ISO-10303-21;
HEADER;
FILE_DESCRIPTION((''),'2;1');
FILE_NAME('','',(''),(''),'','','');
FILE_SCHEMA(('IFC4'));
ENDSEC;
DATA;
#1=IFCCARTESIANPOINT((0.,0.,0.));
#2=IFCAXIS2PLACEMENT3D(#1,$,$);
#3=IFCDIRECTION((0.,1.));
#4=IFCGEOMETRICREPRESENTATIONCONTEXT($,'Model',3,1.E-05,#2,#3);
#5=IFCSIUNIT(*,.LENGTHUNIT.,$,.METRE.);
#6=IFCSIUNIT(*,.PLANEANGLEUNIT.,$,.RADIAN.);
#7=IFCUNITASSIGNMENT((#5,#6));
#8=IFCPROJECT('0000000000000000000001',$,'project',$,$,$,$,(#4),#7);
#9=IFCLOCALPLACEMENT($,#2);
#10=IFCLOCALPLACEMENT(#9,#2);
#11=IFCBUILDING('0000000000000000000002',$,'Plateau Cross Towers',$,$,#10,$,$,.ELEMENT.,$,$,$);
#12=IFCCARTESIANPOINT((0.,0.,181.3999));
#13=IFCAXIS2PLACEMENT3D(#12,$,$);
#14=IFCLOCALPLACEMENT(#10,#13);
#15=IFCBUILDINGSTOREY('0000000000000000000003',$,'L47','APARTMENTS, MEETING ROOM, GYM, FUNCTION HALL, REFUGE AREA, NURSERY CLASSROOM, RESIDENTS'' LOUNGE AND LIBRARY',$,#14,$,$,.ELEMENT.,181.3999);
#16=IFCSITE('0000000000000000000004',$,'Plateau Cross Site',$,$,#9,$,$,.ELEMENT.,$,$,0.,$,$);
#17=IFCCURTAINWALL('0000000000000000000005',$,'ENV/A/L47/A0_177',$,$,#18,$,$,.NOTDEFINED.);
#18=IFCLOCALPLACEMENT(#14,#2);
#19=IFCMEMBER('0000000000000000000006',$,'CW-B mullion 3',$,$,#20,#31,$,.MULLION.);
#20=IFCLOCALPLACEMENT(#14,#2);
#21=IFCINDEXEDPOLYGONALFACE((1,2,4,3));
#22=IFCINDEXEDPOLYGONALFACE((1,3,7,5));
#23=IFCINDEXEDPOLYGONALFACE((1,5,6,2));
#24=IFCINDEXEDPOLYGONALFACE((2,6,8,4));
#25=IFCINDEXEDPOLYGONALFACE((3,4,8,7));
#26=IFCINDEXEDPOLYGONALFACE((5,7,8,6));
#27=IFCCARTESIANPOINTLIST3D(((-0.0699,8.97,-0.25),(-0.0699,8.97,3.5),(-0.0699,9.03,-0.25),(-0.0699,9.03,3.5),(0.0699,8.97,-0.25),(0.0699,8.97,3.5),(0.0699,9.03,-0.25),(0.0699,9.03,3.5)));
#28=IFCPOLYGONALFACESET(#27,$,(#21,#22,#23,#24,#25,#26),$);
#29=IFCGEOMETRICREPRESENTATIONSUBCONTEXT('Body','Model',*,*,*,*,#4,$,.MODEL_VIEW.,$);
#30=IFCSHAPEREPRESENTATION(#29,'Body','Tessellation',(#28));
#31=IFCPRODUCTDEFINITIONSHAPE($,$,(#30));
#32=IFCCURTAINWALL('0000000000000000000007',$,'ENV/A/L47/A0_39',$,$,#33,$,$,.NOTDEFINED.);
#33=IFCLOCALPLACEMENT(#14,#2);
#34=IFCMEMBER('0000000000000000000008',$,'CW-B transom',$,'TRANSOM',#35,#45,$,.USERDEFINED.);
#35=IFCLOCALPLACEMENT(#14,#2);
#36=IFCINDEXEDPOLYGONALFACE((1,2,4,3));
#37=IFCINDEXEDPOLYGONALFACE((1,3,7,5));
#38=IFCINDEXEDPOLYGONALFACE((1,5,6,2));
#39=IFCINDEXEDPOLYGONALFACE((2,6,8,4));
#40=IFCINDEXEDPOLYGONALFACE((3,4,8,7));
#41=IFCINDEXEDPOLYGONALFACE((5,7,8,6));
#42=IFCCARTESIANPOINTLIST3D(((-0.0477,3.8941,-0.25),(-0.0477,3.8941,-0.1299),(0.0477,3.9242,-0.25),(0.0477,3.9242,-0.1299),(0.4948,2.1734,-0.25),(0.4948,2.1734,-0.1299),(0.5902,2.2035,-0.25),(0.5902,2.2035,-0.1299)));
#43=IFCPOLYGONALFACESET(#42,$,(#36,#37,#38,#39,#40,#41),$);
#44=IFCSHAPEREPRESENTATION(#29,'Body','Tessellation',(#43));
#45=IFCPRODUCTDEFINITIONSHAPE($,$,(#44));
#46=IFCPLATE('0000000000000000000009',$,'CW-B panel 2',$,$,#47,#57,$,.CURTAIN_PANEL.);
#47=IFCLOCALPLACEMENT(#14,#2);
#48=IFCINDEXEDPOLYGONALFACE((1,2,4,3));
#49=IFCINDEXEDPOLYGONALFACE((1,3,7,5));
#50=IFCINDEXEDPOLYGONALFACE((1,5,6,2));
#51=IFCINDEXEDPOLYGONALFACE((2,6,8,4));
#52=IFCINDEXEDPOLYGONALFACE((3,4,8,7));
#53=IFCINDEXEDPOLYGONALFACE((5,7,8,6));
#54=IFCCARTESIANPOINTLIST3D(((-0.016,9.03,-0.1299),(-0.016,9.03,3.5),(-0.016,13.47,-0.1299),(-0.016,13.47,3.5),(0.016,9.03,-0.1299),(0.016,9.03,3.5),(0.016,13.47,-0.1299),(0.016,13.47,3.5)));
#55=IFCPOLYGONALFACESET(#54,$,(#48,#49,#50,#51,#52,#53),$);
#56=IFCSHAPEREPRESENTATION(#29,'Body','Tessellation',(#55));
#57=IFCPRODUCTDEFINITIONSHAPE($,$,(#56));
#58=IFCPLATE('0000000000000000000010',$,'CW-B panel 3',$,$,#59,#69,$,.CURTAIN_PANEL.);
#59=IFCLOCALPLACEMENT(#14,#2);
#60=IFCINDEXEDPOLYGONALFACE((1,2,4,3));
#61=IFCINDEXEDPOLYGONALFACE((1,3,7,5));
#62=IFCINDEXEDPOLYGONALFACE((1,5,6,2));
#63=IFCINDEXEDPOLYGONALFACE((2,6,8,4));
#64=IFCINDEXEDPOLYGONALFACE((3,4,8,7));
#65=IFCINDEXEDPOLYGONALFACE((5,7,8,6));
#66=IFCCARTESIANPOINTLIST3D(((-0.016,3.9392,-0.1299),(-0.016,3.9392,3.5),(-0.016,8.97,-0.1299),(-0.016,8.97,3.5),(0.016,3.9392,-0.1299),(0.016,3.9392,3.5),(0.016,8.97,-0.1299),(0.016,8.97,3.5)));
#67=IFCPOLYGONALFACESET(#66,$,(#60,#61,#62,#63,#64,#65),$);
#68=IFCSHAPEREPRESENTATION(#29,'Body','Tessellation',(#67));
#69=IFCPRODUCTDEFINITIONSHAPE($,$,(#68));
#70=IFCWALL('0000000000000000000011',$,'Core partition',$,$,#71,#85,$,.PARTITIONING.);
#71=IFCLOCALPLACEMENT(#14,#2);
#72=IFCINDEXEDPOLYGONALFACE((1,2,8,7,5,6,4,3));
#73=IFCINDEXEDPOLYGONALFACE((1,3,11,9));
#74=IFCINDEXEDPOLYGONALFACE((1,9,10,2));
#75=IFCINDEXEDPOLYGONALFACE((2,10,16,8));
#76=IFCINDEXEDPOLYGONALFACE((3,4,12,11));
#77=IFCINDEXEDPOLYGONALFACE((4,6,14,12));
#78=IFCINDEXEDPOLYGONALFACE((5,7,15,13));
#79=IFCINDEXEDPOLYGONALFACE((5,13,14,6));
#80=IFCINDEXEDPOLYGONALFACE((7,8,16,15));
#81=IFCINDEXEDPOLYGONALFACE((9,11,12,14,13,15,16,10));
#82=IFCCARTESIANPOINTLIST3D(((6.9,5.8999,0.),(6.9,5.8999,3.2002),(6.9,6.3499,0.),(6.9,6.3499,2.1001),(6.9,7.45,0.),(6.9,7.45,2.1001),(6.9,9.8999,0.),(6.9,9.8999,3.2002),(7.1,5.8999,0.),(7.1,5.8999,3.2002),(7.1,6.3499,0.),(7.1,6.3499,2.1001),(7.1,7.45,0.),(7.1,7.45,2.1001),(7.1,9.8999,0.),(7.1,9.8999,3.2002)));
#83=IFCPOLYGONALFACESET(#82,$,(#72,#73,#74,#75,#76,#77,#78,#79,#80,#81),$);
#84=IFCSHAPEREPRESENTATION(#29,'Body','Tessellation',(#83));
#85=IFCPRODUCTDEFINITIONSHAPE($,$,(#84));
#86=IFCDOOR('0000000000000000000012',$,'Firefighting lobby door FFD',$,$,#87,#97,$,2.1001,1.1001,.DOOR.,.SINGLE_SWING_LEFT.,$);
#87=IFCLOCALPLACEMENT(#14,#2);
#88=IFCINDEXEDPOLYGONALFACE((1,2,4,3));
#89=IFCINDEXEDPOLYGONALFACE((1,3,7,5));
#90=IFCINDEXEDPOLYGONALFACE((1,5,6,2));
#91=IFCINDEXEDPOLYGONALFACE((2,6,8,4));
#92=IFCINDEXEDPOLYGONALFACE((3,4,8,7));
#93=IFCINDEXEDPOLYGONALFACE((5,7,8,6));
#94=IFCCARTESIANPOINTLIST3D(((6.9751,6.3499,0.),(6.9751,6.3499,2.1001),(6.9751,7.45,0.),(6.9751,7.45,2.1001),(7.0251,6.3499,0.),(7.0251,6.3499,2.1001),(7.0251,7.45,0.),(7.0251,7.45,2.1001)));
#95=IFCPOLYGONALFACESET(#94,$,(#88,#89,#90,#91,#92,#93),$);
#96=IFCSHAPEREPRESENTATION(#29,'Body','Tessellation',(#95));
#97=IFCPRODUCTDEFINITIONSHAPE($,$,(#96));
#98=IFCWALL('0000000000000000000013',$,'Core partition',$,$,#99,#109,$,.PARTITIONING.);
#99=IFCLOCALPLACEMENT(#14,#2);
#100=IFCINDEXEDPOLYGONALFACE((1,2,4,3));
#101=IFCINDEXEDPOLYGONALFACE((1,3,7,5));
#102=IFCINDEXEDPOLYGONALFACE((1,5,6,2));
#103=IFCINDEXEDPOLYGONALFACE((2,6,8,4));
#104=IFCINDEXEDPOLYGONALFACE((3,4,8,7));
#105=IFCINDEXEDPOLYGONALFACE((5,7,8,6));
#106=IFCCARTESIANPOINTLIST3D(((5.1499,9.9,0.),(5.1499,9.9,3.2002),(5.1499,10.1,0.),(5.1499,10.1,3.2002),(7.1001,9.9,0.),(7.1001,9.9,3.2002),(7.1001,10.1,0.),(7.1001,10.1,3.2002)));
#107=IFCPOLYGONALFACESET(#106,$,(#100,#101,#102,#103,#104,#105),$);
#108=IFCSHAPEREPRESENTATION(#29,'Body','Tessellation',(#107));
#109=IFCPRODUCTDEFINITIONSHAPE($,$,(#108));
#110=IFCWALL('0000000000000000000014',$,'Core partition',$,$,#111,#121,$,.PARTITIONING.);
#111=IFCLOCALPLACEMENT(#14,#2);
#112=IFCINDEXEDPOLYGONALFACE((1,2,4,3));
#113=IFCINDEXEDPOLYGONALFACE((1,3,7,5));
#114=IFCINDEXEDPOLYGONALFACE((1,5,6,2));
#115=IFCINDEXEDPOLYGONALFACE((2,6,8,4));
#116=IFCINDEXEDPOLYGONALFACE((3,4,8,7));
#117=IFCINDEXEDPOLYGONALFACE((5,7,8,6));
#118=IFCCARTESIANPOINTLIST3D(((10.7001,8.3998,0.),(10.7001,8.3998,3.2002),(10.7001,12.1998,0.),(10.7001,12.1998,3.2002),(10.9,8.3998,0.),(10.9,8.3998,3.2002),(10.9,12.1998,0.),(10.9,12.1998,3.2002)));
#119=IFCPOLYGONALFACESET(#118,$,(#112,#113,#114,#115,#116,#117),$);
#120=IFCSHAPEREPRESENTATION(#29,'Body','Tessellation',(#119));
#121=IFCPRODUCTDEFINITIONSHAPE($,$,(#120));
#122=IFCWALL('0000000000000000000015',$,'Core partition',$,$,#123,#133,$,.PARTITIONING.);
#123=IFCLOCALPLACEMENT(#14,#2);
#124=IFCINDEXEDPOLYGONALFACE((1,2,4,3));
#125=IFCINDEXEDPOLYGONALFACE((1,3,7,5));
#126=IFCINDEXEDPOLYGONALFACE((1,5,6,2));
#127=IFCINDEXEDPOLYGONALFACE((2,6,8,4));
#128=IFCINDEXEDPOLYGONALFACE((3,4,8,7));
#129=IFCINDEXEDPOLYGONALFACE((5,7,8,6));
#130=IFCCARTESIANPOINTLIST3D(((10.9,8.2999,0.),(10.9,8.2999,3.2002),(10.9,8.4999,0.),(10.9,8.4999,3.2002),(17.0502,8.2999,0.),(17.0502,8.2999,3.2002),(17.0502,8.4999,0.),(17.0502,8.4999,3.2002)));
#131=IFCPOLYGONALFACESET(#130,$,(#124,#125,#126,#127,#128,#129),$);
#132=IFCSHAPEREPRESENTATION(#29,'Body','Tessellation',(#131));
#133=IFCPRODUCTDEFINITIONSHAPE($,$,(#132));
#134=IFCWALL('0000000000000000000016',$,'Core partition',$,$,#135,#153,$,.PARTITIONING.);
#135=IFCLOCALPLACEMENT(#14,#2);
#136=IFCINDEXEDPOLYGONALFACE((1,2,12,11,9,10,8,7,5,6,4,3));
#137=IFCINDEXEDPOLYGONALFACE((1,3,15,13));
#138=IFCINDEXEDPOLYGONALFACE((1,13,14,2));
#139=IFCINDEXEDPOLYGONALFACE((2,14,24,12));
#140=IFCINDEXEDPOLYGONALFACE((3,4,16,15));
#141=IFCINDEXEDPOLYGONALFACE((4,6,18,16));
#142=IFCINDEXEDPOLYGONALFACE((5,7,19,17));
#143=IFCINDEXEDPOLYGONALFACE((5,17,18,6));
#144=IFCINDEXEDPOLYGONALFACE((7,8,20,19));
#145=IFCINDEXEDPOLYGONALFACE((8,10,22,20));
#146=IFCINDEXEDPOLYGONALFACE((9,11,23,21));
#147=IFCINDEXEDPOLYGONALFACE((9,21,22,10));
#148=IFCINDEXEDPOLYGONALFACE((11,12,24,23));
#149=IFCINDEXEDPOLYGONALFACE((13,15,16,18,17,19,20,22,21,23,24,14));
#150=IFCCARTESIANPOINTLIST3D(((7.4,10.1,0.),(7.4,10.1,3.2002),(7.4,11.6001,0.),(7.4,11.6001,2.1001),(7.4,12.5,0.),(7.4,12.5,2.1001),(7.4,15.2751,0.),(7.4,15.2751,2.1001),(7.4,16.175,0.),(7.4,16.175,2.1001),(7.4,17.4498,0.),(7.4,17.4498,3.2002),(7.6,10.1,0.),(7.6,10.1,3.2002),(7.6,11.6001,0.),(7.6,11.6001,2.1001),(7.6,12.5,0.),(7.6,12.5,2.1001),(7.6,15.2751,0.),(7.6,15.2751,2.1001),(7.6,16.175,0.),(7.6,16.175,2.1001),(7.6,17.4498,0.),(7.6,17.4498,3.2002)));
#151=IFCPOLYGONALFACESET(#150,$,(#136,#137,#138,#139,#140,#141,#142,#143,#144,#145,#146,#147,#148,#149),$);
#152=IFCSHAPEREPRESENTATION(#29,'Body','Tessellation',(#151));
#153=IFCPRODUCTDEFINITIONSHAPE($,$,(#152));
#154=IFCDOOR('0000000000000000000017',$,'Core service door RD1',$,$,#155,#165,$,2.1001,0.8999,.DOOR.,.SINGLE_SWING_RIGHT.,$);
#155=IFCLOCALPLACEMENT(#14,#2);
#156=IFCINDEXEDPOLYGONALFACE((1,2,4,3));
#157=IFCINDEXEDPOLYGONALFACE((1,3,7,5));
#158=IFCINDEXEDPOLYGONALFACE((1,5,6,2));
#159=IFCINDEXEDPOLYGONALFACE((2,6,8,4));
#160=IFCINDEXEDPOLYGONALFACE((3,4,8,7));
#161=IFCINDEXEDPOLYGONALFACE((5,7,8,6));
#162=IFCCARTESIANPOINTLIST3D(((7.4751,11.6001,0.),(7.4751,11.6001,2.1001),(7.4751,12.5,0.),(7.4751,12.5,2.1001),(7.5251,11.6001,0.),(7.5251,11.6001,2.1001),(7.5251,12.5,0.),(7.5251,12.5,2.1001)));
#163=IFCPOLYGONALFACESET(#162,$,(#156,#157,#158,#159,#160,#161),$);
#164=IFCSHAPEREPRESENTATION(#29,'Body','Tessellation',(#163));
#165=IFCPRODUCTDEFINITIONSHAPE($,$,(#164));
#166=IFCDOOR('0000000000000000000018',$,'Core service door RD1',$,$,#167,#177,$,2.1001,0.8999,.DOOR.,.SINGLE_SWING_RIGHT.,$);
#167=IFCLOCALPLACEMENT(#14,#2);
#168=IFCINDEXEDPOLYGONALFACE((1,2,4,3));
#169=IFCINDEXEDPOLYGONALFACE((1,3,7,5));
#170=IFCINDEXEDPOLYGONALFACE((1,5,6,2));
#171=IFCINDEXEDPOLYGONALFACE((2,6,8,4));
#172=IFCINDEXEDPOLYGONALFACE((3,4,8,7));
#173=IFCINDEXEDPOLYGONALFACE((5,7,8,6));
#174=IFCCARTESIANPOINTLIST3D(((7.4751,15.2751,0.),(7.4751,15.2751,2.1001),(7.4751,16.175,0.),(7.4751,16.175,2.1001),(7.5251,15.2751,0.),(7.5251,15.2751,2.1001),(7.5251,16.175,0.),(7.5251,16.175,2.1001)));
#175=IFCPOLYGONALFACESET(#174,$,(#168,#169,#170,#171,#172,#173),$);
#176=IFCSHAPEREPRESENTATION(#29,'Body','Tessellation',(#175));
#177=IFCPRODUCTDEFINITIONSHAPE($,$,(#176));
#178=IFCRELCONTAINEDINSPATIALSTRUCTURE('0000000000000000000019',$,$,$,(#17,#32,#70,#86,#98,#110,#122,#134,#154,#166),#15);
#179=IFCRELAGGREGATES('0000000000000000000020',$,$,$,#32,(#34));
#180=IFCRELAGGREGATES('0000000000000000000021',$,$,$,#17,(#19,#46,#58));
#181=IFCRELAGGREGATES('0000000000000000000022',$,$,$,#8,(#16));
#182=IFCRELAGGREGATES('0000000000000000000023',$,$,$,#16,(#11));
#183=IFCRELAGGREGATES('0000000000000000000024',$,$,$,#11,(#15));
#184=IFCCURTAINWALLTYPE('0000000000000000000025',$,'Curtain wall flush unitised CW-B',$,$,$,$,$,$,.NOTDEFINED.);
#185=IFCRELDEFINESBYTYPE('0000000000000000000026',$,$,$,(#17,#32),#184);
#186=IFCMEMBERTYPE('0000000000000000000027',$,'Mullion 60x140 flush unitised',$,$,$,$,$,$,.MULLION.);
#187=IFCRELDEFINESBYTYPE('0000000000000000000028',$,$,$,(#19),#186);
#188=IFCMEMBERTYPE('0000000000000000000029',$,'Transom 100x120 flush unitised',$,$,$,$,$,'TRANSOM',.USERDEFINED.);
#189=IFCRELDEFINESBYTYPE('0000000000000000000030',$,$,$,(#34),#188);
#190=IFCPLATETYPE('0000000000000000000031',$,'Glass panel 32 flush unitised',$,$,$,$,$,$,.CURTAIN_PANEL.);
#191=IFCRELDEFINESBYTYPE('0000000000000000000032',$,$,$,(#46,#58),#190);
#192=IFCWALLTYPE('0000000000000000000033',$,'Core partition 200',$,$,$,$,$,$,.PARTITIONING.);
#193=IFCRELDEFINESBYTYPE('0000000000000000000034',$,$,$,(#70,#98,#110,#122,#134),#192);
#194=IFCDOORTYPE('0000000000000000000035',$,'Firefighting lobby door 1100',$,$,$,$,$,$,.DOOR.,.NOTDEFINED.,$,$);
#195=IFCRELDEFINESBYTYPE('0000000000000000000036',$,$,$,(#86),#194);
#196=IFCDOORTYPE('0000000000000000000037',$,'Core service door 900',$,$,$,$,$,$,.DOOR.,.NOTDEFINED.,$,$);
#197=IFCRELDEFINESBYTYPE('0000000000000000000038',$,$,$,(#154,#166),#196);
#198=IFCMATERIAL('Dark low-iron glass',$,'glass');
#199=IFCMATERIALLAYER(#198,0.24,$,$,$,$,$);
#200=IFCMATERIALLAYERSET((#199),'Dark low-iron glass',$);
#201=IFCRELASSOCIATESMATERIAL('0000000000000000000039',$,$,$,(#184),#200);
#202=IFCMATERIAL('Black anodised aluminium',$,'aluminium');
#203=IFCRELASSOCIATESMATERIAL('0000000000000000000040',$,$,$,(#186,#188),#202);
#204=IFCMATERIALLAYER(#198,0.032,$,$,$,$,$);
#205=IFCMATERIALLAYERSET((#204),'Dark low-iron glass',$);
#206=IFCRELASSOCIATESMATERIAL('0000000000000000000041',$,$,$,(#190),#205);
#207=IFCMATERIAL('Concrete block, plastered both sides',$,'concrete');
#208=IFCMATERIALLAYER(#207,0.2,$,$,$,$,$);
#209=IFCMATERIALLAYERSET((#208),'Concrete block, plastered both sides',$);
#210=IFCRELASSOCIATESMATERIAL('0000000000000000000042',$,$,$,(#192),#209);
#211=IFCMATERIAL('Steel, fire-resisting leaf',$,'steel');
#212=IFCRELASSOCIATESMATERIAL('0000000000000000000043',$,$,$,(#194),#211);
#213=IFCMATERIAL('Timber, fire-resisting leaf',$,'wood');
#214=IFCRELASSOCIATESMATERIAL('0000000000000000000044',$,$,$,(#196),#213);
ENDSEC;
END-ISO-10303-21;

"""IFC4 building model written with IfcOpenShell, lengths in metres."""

from ifc_helpers import new_model, si_unit, direction, frame, frame_2d, origin, origin_2d, place, context, subcontext, project, spatial, rectangle, extrude, material, layer, layer_set, material_profile, profile_set, type_object, element, fill, aggregate, save


model = new_model("IFC4")

# Units and contexts
model_context = context("Model", 3, precision=1e-05, world=origin(), true_north=direction((0.0, 1.0)))
body_context = subcontext(model_context, "Body", "Model", "MODEL_VIEW")
ifc_project = project(units=[si_unit("LENGTHUNIT", "METRE"), si_unit("PLANEANGLEUNIT", "RADIAN")], contexts=[model_context])

# Site, building, storey
site_placement = place(None, origin())
site = spatial("IfcSite", under=ifc_project, at=site_placement, Name="Plateau Cross Site", CompositionType="ELEMENT", RefElevation=0.0)
building_placement = place(site_placement, origin())
building = spatial("IfcBuilding", under=site, at=building_placement, Name="Plateau Cross Towers", CompositionType="ELEMENT")
storey_placement = place(building_placement, frame((0.0, 0.0, 181.3999)))
storey = spatial("IfcBuildingStorey", under=building, at=storey_placement, Name="L47", Description="APARTMENTS, MEETING ROOM, GYM, FUNCTION HALL, REFUGE AREA, NURSERY CLASSROOM, RESIDENTS' LOUNGE AND LIBRARY", CompositionType="ELEMENT", Elevation=181.3999)

# Curtain walls, members
ifc_material_1 = material(Name="Dark low-iron glass", Category="glass")
ifc_layer_1 = layer(ifc_material_1, 0.24)
ifc_layer_set_1 = layer_set([ifc_layer_1], Name="Dark low-iron glass")
curtain_wall_type = type_object("IfcCurtainWallType", Name="Curtain wall flush unitised CW-B", PredefinedType="NOTDEFINED", material=ifc_layer_set_1)
curtain_wall_1_placement = place(storey_placement, origin())
curtain_wall_1 = element("IfcCurtainWall", 1, at=curtain_wall_1_placement, inside=storey, type_object=curtain_wall_type, Name="ENV/A/L47/A0_177", PredefinedType="NOTDEFINED")
ifc_material_2 = material(Name="Black anodised aluminium", Category="aluminium")
ifc_material_profile_1 = material_profile(ifc_material_2, rectangle(XDim=0.0601, YDim=0.1399, at=origin_2d()), Name="MULLION 60x140")
ifc_profile_set_1 = profile_set([ifc_material_profile_1], Name="Black anodised aluminium")
member_type_1 = type_object("IfcMemberType", Name="Mullion 60x140 flush unitised", PredefinedType="MULLION", material=ifc_profile_set_1)
member_1_placement = place(storey_placement, frame((0.0, 9.0, -0.25), z_axis=(0.0, 0.0, 1.0), x_axis=(0.0, -1.0, 0.0)))
member_1 = element("IfcMember", 2, at=member_1_placement, type_object=member_type_1, Name="CW-B mullion 3", PredefinedType="MULLION", context=body_context, shape_type="SweptSolid", body=[
    extrude(rectangle(XDim=0.0601, YDim=0.1399, at=origin_2d()), origin(), (0.0, 0.0, 1.0), 3.75),
])
curtain_wall_2_placement = place(storey_placement, origin())
curtain_wall_2 = element("IfcCurtainWall", 3, at=curtain_wall_2_placement, inside=storey, type_object=curtain_wall_type, Name="ENV/A/L47/A0_39", PredefinedType="NOTDEFINED")
ifc_material_profile_2 = material_profile(ifc_material_2, rectangle(XDim=0.1001, YDim=0.1201, at=origin_2d()), Name="TRANSOM 100x120")
ifc_profile_set_2 = profile_set([ifc_material_profile_2], Name="Black anodised aluminium")
member_type_2 = type_object("IfcMemberType", Name="Transom 100x120 flush unitised", ElementType="TRANSOM", PredefinedType="USERDEFINED", material=ifc_profile_set_2)
member_2_placement = place(storey_placement, frame((0.0, 3.9092, -0.1899), z_axis=(0.300678, -0.953726, 0.0), x_axis=(0.953726, 0.300678, 0.0)))
member_2 = element("IfcMember", 4, at=member_2_placement, type_object=member_type_2, Name="CW-B transom", ObjectType="TRANSOM", PredefinedType="USERDEFINED", context=body_context, shape_type="SweptSolid", body=[
    extrude(rectangle(XDim=0.1001, YDim=0.1201, at=origin_2d()), origin(), (0.0, 0.0, 1.0), 1.8042),
])
aggregate(curtain_wall_2, [member_2])

# Plates
ifc_layer_2 = layer(ifc_material_1, 0.032)
ifc_layer_set_2 = layer_set([ifc_layer_2], Name="Dark low-iron glass")
plate_type = type_object("IfcPlateType", Name="Glass panel 32 flush unitised", PredefinedType="CURTAIN_PANEL", material=ifc_layer_set_2)
plate_1_placement = place(storey_placement, frame((0.0, 11.25, -0.1299), z_axis=(0.0, 0.0, 1.0), x_axis=(0.0, -1.0, 0.0)))
plate_1 = element("IfcPlate", 5, at=plate_1_placement, type_object=plate_type, Name="CW-B panel 2", PredefinedType="CURTAIN_PANEL", context=body_context, shape_type="SweptSolid", body=[
    extrude(rectangle(XDim=4.4399, YDim=0.032, at=origin_2d()), origin(), (0.0, 0.0, 1.0), 3.6299),
])
plate_2_placement = place(storey_placement, frame((0.0, 6.4546, -0.1299), z_axis=(0.0, 0.0, 1.0), x_axis=(0.0, -1.0, 0.0)))
plate_2 = element("IfcPlate", 6, at=plate_2_placement, type_object=plate_type, Name="CW-B panel 3", PredefinedType="CURTAIN_PANEL", context=body_context, shape_type="SweptSolid", body=[
    extrude(rectangle(XDim=5.0308, YDim=0.032, at=origin_2d()), origin(), (0.0, 0.0, 1.0), 3.6299),
])
aggregate(curtain_wall_1, [member_1, plate_1, plate_2])

# Wall, opening, door
ifc_material_3 = material(Name="Concrete block, plastered both sides", Category="concrete")
ifc_layer_3 = layer(ifc_material_3, 0.2)
ifc_layer_set_3 = layer_set([ifc_layer_3], Name="Concrete block, plastered both sides")
wall_type_1 = type_object("IfcWallType", Name="Core partition 200", PredefinedType="PARTITIONING", material=ifc_layer_set_3)
wall_1_placement = place(storey_placement, frame((7.0, 5.8999, 0.0), z_axis=(0.0, 0.0, 1.0), x_axis=(0.0, 1.0, 0.0)))
wall_1 = element("IfcWall", 7, at=wall_1_placement, inside=storey, type_object=wall_type_1, Name="Core partition", PredefinedType="PARTITIONING", context=body_context, shape_type="SweptSolid", body=[
    extrude(rectangle(XDim=4.0, YDim=0.2, at=frame_2d((2.0, 0.0))), origin(), (0.0, 0.0, 1.0), 3.2002),
])
opening_1_placement = place(wall_1_placement, frame((0.45, 0.0, 0.0)))
opening_1 = element("IfcOpeningElement", 8, at=opening_1_placement, cuts=wall_1, PredefinedType="OPENING", context=body_context, shape_type="SweptSolid", body=[
    extrude(rectangle(XDim=1.1001, YDim=2.1001, at=frame_2d((0.55, 1.05))), frame((0.0, 0.1099, 0.0), z_axis=(0.0, -1.0, 0.0), x_axis=(1.0, 0.0, 0.0)), (0.0, 0.0, 1.0), 0.22),
])
ifc_material_4 = material(Name="Steel, fire-resisting leaf", Category="steel")
door_type_1 = type_object("IfcDoorType", Name="Firefighting lobby door 1100", OperationType="NOTDEFINED", PredefinedType="DOOR", material=ifc_material_4)
door_1_placement = place(opening_1_placement, origin())
door_1 = element("IfcDoor", 9, at=door_1_placement, inside=storey, type_object=door_type_1, Name="Firefighting lobby door FFD", OperationType="SINGLE_SWING_LEFT", OverallHeight=2.1001, OverallWidth=1.1001, PredefinedType="DOOR", context=body_context, shape_type="SweptSolid", body=[
    extrude(rectangle(XDim=1.1001, YDim=2.1001, at=frame_2d((0.55, 1.05))), frame((0.0, 0.0249, 0.0), z_axis=(0.0, -1.0, 0.0), x_axis=(1.0, 0.0, 0.0)), (0.0, 0.0, 1.0), 0.05),
])
fill(opening_1, door_1)

# Walls
wall_2_placement = place(storey_placement, frame((5.1499, 10.0, 0.0), z_axis=(0.0, 0.0, 1.0), x_axis=(1.0, 0.0, 0.0)))
element("IfcWall", 10, at=wall_2_placement, inside=storey, type_object=wall_type_1, Name="Core partition", PredefinedType="PARTITIONING", context=body_context, shape_type="SweptSolid", body=[
    extrude(rectangle(XDim=1.9502, YDim=0.2, at=frame_2d((0.9751, 0.0))), origin(), (0.0, 0.0, 1.0), 3.2002),
])
wall_3_placement = place(storey_placement, frame((10.8, 8.3999, 0.0), z_axis=(0.0, 0.0, 1.0), x_axis=(0.0, 1.0, 0.0)))
element("IfcWall", 11, at=wall_3_placement, inside=storey, type_object=wall_type_1, Name="Core partition", PredefinedType="PARTITIONING", context=body_context, shape_type="SweptSolid", body=[
    extrude(rectangle(XDim=3.8, YDim=0.2, at=frame_2d((1.8999, 0.0))), origin(), (0.0, 0.0, 1.0), 3.2002),
])
wall_4_placement = place(storey_placement, frame((10.8999, 8.3999, 0.0), z_axis=(0.0, 0.0, 1.0), x_axis=(1.0, 0.0, 0.0)))
element("IfcWall", 12, at=wall_4_placement, inside=storey, type_object=wall_type_1, Name="Core partition", PredefinedType="PARTITIONING", context=body_context, shape_type="SweptSolid", body=[
    extrude(rectangle(XDim=6.1501, YDim=0.2, at=frame_2d((3.0752, 0.0))), origin(), (0.0, 0.0, 1.0), 3.2002),
])

# Wall, openings, doors
wall_5_placement = place(storey_placement, frame((7.5, 10.1001, 0.0), z_axis=(0.0, 0.0, 1.0), x_axis=(0.0, 1.0, 0.0)))
wall_5 = element("IfcWall", 13, at=wall_5_placement, inside=storey, type_object=wall_type_1, Name="Core partition", PredefinedType="PARTITIONING", context=body_context, shape_type="SweptSolid", body=[
    extrude(rectangle(XDim=7.3499, YDim=0.2, at=frame_2d((3.6748, 0.0))), origin(), (0.0, 0.0, 1.0), 3.2002),
])
opening_2_placement = place(wall_5_placement, frame((1.5, 0.0, 0.0)))
opening_2 = element("IfcOpeningElement", 14, at=opening_2_placement, cuts=wall_5, PredefinedType="OPENING", context=body_context, shape_type="SweptSolid", body=[
    extrude(rectangle(XDim=0.8999, YDim=2.1001, at=frame_2d((0.45, 1.05))), frame((0.0, 0.1099, 0.0), z_axis=(0.0, -1.0, 0.0), x_axis=(1.0, 0.0, 0.0)), (0.0, 0.0, 1.0), 0.22),
])
opening_3_placement = place(wall_5_placement, frame((5.175, 0.0, 0.0)))
opening_3 = element("IfcOpeningElement", 15, at=opening_3_placement, cuts=wall_5, PredefinedType="OPENING", context=body_context, shape_type="SweptSolid", body=[
    extrude(rectangle(XDim=0.8999, YDim=2.1001, at=frame_2d((0.45, 1.05))), frame((0.0, 0.1099, 0.0), z_axis=(0.0, -1.0, 0.0), x_axis=(1.0, 0.0, 0.0)), (0.0, 0.0, 1.0), 0.22),
])
ifc_material_5 = material(Name="Timber, fire-resisting leaf", Category="wood")
door_type_2 = type_object("IfcDoorType", Name="Core service door 900", OperationType="NOTDEFINED", PredefinedType="DOOR", material=ifc_material_5)
door_2_placement = place(opening_2_placement, origin())
door_2 = element("IfcDoor", 16, at=door_2_placement, inside=storey, type_object=door_type_2, Name="Core service door RD1", OperationType="SINGLE_SWING_RIGHT", OverallHeight=2.1001, OverallWidth=0.8999, PredefinedType="DOOR", context=body_context, shape_type="SweptSolid", body=[
    extrude(rectangle(XDim=0.8999, YDim=2.1001, at=frame_2d((0.45, 1.05))), frame((0.0, 0.0249, 0.0), z_axis=(0.0, -1.0, 0.0), x_axis=(1.0, 0.0, 0.0)), (0.0, 0.0, 1.0), 0.05),
])
fill(opening_2, door_2)
door_3_placement = place(opening_3_placement, origin())
door_3 = element("IfcDoor", 17, at=door_3_placement, inside=storey, type_object=door_type_2, Name="Core service door RD1", OperationType="SINGLE_SWING_RIGHT", OverallHeight=2.1001, OverallWidth=0.8999, PredefinedType="DOOR", context=body_context, shape_type="SweptSolid", body=[
    extrude(rectangle(XDim=0.8999, YDim=2.1001, at=frame_2d((0.45, 1.05))), frame((0.0, 0.0249, 0.0), z_axis=(0.0, -1.0, 0.0), x_axis=(1.0, 0.0, 0.0)), (0.0, 0.0, 1.0), 0.05),
])
fill(opening_3, door_3)

save(model, "model.ifc")
